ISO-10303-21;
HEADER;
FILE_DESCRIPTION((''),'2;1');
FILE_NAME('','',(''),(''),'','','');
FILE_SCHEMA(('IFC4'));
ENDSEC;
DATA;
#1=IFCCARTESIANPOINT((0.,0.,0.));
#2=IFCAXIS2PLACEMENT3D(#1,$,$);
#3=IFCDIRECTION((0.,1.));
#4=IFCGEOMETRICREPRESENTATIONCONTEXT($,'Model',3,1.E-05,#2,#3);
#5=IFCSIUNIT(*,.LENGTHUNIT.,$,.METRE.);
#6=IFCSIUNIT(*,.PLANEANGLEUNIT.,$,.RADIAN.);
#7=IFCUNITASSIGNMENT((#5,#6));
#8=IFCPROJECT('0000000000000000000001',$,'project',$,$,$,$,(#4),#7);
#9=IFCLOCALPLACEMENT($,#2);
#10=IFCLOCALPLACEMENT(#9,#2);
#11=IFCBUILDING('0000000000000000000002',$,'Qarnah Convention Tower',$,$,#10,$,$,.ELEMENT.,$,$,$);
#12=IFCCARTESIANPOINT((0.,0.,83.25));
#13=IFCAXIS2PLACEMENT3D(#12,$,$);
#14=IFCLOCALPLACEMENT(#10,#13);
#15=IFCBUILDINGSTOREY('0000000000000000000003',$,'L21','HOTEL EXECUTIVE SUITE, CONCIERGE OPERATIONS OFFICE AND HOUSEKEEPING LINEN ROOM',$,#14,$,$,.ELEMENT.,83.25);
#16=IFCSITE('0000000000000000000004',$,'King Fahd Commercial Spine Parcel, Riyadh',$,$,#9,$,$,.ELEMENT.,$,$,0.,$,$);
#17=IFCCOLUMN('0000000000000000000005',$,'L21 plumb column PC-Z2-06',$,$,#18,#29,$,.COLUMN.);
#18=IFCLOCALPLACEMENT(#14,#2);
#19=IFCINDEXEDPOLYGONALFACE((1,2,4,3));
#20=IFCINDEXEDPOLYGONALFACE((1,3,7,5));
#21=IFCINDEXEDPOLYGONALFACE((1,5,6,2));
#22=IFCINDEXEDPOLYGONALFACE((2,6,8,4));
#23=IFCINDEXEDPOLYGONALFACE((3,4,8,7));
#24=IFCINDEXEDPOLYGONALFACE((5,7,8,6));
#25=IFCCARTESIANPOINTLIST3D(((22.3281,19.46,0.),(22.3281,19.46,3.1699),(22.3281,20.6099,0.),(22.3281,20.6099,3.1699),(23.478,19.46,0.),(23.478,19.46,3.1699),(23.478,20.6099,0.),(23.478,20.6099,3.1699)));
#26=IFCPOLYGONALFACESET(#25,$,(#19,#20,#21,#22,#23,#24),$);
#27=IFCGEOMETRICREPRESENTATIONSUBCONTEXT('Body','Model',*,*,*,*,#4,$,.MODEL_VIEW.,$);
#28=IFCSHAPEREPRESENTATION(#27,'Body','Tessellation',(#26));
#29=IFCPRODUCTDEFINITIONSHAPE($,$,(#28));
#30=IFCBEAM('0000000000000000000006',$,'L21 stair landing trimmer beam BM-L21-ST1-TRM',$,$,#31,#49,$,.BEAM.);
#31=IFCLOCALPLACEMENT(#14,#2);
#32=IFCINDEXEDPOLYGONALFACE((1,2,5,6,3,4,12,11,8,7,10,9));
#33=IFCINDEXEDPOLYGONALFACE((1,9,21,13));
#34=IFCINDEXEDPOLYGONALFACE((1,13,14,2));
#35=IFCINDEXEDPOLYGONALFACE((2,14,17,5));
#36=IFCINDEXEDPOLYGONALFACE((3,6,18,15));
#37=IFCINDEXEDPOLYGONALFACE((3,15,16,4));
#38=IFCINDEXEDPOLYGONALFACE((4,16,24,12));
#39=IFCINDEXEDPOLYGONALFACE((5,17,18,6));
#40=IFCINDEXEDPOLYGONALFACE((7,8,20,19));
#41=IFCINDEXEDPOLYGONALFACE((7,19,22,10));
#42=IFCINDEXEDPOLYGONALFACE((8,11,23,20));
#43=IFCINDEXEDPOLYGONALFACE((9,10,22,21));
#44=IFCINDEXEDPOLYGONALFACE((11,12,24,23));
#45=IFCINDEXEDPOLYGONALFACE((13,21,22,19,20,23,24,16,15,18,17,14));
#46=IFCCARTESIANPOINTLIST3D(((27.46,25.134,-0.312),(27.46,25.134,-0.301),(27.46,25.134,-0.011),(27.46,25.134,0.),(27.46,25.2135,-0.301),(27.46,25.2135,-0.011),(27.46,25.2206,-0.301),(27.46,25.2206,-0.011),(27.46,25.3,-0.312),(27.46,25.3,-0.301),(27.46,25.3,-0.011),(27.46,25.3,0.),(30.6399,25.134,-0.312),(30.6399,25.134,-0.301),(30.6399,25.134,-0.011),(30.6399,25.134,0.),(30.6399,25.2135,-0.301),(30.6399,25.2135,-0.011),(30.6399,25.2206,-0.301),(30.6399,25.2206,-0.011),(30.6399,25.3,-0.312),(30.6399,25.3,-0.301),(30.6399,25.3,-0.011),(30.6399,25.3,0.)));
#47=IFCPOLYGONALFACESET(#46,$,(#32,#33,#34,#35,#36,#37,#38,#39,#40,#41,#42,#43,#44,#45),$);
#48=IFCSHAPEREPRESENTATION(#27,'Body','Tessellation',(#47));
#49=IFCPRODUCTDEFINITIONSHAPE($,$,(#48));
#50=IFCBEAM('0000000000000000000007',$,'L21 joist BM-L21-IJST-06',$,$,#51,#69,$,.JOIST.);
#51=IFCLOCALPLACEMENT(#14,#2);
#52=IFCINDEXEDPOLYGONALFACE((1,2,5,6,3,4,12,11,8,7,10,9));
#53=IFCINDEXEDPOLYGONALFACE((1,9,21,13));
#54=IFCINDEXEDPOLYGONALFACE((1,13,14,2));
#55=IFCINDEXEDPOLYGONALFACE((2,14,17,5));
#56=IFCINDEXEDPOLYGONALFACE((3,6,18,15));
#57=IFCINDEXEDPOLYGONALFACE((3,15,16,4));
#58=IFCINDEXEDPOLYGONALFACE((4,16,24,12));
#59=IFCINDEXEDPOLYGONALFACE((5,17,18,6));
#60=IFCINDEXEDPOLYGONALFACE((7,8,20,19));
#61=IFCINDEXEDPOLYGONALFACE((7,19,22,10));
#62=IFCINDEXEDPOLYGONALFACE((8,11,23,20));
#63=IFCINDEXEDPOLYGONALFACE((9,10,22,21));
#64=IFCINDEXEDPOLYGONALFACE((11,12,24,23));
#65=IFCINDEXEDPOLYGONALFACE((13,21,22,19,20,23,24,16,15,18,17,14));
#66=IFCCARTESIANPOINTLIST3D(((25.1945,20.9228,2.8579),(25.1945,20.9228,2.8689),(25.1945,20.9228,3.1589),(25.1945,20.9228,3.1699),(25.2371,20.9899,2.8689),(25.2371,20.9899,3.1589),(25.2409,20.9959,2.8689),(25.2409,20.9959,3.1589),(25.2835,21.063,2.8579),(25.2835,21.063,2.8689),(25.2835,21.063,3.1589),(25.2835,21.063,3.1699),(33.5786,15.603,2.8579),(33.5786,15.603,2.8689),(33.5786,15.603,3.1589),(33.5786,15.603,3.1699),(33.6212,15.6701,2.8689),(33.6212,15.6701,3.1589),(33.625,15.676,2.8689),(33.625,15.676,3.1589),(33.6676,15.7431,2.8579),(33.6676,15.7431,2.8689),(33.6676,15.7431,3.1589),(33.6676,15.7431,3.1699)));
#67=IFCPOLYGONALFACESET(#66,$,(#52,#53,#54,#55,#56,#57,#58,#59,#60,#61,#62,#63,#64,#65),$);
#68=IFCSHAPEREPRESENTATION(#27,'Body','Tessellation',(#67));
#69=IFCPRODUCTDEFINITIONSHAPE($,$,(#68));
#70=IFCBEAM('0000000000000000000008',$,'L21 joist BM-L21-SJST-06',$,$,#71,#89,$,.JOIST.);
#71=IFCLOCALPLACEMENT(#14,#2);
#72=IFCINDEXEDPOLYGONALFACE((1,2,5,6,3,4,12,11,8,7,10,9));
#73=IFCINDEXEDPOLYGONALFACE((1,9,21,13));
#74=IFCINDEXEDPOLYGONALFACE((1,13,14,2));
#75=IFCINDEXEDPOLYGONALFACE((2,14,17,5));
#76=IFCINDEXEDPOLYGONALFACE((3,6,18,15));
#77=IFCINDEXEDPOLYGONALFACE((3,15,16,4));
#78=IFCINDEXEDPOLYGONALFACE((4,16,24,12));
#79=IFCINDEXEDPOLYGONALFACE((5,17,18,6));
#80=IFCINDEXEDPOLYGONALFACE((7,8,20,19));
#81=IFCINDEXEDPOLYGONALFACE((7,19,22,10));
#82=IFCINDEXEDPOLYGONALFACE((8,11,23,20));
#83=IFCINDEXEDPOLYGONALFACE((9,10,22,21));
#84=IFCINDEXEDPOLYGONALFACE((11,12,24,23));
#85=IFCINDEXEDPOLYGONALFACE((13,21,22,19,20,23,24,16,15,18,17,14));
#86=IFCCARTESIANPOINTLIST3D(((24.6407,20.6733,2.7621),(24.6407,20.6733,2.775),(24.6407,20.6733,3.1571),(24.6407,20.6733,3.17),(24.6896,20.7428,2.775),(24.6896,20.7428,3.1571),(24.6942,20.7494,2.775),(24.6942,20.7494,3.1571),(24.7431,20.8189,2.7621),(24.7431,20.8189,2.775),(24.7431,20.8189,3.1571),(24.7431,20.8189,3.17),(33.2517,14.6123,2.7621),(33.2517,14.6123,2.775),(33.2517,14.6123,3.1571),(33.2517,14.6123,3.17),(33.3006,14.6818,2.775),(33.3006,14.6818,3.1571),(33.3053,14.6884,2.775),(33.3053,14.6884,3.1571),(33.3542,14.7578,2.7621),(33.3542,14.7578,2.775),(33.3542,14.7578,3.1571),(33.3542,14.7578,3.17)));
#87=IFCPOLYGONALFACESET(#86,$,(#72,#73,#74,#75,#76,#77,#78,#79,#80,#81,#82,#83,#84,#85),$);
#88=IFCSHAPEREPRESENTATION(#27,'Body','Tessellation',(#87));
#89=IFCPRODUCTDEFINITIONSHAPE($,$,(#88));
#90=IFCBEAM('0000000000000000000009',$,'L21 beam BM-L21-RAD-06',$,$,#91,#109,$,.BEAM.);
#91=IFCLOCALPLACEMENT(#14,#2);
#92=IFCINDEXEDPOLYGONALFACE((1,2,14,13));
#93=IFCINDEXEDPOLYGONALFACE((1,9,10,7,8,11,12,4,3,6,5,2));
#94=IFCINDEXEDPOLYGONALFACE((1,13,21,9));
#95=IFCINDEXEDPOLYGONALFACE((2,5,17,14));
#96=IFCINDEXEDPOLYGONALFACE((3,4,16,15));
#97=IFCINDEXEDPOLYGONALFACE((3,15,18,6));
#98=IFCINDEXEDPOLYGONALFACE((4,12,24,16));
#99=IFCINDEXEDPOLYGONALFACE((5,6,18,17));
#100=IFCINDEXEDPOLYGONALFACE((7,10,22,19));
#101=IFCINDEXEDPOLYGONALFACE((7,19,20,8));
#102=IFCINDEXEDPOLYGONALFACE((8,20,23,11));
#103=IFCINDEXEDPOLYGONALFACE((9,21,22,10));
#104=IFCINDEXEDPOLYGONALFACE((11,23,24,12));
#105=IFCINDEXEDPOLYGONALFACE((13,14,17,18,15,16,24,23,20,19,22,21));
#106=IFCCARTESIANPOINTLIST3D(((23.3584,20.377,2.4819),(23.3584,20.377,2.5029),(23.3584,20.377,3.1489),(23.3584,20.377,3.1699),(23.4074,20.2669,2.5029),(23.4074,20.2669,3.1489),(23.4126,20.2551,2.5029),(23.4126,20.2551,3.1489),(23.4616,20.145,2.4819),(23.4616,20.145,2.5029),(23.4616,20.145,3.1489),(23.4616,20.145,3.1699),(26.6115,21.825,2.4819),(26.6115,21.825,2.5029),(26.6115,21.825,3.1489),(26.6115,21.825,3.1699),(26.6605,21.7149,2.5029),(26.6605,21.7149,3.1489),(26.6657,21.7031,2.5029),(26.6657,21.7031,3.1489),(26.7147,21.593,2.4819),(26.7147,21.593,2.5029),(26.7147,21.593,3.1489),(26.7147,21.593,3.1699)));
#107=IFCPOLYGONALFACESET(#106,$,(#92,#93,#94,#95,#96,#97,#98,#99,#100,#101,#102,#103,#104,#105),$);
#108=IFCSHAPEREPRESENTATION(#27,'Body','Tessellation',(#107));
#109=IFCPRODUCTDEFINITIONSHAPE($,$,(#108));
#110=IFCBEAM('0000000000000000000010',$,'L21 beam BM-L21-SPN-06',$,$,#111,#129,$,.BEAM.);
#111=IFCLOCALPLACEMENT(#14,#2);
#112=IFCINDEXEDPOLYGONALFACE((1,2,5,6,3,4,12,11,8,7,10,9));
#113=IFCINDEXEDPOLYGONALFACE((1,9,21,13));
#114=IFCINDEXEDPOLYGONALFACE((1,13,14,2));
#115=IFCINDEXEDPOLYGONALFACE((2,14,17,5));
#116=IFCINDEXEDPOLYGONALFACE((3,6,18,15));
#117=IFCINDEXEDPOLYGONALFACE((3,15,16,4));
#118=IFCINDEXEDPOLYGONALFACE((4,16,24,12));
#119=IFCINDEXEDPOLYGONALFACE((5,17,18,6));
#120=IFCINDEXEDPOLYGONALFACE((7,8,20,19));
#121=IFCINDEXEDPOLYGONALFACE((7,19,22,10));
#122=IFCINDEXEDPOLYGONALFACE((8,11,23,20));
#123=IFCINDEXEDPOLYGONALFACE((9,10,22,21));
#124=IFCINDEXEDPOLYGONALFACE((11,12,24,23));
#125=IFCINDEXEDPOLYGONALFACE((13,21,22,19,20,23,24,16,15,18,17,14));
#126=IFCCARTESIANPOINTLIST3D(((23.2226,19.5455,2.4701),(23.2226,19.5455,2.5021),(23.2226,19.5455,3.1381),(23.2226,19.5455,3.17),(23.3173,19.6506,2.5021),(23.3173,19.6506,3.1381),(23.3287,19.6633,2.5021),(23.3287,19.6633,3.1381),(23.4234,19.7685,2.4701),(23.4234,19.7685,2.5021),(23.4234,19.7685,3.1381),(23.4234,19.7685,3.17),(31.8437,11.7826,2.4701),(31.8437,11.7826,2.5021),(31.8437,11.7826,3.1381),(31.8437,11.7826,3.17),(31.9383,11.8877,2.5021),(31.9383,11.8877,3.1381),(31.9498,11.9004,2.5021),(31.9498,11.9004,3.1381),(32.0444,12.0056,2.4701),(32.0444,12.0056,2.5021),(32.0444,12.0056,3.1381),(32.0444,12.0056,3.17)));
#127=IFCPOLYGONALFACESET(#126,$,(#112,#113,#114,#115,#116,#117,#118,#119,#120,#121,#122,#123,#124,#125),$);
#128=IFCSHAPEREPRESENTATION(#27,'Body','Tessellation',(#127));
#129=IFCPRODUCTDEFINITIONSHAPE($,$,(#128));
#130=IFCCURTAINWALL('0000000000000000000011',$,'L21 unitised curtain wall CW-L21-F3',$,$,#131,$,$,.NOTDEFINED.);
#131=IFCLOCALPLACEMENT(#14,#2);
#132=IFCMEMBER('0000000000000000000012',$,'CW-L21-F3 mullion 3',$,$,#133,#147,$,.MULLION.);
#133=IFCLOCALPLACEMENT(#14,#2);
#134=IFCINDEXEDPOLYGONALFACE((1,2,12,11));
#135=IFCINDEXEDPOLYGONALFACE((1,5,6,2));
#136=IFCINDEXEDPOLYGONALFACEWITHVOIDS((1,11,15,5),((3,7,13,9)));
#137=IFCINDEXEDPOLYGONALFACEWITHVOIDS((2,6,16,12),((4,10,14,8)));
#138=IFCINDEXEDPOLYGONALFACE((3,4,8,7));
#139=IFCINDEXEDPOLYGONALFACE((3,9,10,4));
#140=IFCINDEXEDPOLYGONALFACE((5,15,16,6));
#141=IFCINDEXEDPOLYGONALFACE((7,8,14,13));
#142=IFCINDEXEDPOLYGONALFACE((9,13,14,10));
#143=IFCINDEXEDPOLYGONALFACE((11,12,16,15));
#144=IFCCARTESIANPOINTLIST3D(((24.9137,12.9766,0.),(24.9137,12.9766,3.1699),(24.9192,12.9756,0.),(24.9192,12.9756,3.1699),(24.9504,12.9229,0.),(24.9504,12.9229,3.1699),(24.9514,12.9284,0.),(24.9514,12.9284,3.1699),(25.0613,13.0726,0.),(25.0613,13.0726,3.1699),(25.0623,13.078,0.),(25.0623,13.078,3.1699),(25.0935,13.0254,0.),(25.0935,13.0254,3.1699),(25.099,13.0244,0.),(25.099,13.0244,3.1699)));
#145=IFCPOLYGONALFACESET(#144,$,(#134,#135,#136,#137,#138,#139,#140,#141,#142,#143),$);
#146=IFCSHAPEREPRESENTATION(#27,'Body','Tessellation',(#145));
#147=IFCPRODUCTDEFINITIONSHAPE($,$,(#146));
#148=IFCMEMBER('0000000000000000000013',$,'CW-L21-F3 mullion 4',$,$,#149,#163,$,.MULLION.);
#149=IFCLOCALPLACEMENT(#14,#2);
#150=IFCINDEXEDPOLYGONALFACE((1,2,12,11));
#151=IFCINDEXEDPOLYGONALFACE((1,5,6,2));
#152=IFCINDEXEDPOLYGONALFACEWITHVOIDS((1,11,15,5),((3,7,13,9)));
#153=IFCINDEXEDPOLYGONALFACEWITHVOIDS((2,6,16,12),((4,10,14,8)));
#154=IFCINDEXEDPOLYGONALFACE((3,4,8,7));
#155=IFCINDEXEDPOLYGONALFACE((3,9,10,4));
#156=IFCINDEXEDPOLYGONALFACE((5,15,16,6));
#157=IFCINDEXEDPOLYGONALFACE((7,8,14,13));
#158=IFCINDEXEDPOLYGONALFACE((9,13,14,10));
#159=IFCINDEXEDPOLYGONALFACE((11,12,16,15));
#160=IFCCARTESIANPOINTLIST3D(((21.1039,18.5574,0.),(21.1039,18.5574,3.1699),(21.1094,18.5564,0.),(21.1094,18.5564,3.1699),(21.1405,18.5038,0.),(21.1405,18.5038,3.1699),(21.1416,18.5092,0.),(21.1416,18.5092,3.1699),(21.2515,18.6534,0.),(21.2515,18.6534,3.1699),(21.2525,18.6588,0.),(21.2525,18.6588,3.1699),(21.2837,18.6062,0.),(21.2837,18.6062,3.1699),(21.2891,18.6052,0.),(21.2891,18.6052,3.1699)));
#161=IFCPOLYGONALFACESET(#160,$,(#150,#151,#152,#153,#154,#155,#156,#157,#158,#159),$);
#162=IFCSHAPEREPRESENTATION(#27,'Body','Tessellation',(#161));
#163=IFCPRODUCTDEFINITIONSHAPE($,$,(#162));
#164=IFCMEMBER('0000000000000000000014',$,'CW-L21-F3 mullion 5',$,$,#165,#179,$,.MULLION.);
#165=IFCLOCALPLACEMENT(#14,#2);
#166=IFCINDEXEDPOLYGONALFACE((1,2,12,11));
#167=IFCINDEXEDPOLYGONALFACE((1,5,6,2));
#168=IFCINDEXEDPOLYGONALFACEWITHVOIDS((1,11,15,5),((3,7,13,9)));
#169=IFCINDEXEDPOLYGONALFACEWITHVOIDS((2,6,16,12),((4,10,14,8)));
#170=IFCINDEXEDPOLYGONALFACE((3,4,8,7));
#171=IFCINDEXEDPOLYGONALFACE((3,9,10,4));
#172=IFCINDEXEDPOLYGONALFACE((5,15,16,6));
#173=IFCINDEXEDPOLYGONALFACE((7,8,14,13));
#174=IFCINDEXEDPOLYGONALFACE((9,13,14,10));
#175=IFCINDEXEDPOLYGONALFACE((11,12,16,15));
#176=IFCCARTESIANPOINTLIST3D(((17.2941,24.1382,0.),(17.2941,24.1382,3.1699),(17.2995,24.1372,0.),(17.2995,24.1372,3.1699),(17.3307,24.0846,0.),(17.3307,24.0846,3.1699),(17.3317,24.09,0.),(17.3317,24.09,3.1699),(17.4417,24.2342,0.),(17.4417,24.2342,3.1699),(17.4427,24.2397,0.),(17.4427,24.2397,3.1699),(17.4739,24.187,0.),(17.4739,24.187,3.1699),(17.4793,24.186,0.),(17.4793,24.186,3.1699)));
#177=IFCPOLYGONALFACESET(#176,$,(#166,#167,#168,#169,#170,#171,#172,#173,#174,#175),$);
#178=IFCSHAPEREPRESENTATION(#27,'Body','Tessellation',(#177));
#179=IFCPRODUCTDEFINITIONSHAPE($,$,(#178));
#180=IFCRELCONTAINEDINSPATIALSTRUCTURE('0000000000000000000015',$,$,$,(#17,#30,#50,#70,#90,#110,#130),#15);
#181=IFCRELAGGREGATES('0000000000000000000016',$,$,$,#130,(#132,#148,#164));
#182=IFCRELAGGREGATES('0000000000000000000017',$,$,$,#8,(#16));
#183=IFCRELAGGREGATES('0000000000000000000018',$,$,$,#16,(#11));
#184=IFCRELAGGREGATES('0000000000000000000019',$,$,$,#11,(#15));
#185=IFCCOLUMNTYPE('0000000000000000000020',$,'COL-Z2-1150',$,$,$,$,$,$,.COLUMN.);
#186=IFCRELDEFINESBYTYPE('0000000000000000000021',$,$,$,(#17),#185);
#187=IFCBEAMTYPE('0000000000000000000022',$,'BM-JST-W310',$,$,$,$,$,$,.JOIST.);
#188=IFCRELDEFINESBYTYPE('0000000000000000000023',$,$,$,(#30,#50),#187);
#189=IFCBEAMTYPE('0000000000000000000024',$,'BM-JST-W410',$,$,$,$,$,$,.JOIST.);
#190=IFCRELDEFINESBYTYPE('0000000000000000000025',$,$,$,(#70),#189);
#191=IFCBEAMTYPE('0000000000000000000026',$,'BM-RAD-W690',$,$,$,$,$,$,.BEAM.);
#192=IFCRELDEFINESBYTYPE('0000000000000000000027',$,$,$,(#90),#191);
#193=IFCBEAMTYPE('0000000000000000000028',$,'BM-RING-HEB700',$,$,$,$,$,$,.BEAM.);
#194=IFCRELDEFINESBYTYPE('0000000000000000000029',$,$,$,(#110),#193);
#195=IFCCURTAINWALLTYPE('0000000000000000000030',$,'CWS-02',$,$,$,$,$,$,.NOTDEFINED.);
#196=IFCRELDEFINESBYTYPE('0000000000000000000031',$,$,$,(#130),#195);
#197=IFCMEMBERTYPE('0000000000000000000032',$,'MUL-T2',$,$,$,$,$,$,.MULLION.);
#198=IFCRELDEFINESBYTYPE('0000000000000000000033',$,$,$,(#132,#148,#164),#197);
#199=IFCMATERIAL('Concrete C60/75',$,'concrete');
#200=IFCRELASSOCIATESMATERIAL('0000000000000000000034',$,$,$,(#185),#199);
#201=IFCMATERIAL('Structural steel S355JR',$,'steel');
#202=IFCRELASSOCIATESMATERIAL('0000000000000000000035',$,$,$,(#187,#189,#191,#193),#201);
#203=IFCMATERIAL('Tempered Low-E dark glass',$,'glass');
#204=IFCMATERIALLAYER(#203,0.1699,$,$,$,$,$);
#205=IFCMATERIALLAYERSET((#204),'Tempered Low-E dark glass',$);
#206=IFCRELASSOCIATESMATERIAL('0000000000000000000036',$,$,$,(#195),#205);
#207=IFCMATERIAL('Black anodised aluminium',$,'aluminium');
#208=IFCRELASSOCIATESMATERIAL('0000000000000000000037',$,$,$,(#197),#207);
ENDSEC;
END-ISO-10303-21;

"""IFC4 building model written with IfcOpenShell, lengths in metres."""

from ifc_helpers import new_model, si_unit, direction, frame, origin, origin_2d, place, context, subcontext, project, spatial, rectangle, hollow_rectangle, i_section, extrude, material, layer, layer_set, material_profile, profile_set, type_object, element, aggregate, save


model = new_model("IFC4")

# Units and contexts
model_context = context("Model", 3, precision=1e-05, world=origin(), true_north=direction((0.0, 1.0)))
body_context = subcontext(model_context, "Body", "Model", "MODEL_VIEW")
ifc_project = project(units=[si_unit("LENGTHUNIT", "METRE"), si_unit("PLANEANGLEUNIT", "RADIAN")], contexts=[model_context])

# Site, building, storey
site_placement = place(None, origin())
site = spatial("IfcSite", under=ifc_project, at=site_placement, Name="King Fahd Commercial Spine Parcel, Riyadh", CompositionType="ELEMENT", RefElevation=0.0)
building_placement = place(site_placement, origin())
building = spatial("IfcBuilding", under=site, at=building_placement, Name="Qarnah Convention Tower", CompositionType="ELEMENT")
storey_placement = place(building_placement, frame((0.0, 0.0, 83.25)))
storey = spatial("IfcBuildingStorey", under=building, at=storey_placement, Name="L21", Description="HOTEL EXECUTIVE SUITE, CONCIERGE OPERATIONS OFFICE AND HOUSEKEEPING LINEN ROOM", CompositionType="ELEMENT", Elevation=83.25)

# Column
ifc_material_1 = material(Name="Concrete C60/75", Category="concrete")
ifc_material_profile_1 = material_profile(ifc_material_1, rectangle(XDim=1.1499, YDim=1.1499, at=origin_2d()), Name="RC-COL-1150X1150")
ifc_profile_set_1 = profile_set([ifc_material_profile_1], Name="Concrete C60/75")
column_type = type_object("IfcColumnType", Name="COL-Z2-1150", PredefinedType="COLUMN", material=ifc_profile_set_1)
column_placement = place(storey_placement, frame((22.9031, 20.0349, 0.0), z_axis=(0.0, 0.0, 1.0), x_axis=(1.0, 0.0, 0.0)))
element("IfcColumn", 1, at=column_placement, inside=storey, type_object=column_type, Name="L21 plumb column PC-Z2-06", PredefinedType="COLUMN", context=body_context, shape_type="SweptSolid", body=[
    extrude(rectangle(XDim=1.1499, YDim=1.1499, at=origin_2d()), origin(), (0.0, 0.0, 1.0), 3.1699),
])

# Beams
ifc_material_2 = material(Name="Structural steel S355JR", Category="steel")
ifc_material_profile_2 = material_profile(ifc_material_2, i_section(OverallWidth=0.166, OverallDepth=0.312, WebThickness=0.0071, FlangeThickness=0.011, at=origin_2d()), Name="W310X45")
ifc_profile_set_2 = profile_set([ifc_material_profile_2], Name="Structural steel S355JR")
beam_type_1 = type_object("IfcBeamType", Name="BM-JST-W310", PredefinedType="JOIST", material=ifc_profile_set_2)
beam_1_placement = place(storey_placement, frame((27.46, 25.217, -0.156), z_axis=(1.0, 0.0, 0.0), x_axis=(0.0, 1.0, 0.0)))
element("IfcBeam", 2, at=beam_1_placement, inside=storey, type_object=beam_type_1, Name="L21 stair landing trimmer beam BM-L21-ST1-TRM", PredefinedType="BEAM", context=body_context, shape_type="SweptSolid", body=[
    extrude(i_section(OverallWidth=0.166, OverallDepth=0.312, WebThickness=0.0071, FlangeThickness=0.011, at=origin_2d()), origin(), (0.0, 0.0, 1.0), 3.1799),
])
beam_2_placement = place(storey_placement, frame((25.239, 20.9929, 3.0139), z_axis=(0.844366, -0.535766, 0.0), x_axis=(0.535766, 0.844366, 0.0)))
element("IfcBeam", 3, at=beam_2_placement, inside=storey, type_object=beam_type_1, Name="L21 joist BM-L21-IJST-06", PredefinedType="JOIST", context=body_context, shape_type="SweptSolid", body=[
    extrude(i_section(OverallWidth=0.166, OverallDepth=0.312, WebThickness=0.0071, FlangeThickness=0.011, at=origin_2d()), origin(), (0.0, 0.0, 1.0), 9.9294),
])
ifc_material_profile_3 = material_profile(ifc_material_2, i_section(OverallWidth=0.178, OverallDepth=0.408, WebThickness=0.0081, FlangeThickness=0.0129, at=origin_2d()), Name="W410X60")
ifc_profile_set_3 = profile_set([ifc_material_profile_3], Name="Structural steel S355JR")
beam_type_2 = type_object("IfcBeamType", Name="BM-JST-W410", PredefinedType="JOIST", material=ifc_profile_set_3)
beam_3_placement = place(storey_placement, frame((24.6919, 20.7461, 2.9661), z_axis=(0.817745, -0.575581, 0.0), x_axis=(0.575581, 0.817745, 0.0)))
element("IfcBeam", 4, at=beam_3_placement, inside=storey, type_object=beam_type_2, Name="L21 joist BM-L21-SJST-06", PredefinedType="JOIST", context=body_context, shape_type="SweptSolid", body=[
    extrude(i_section(OverallWidth=0.178, OverallDepth=0.408, WebThickness=0.0081, FlangeThickness=0.0129, at=origin_2d()), origin(), (0.0, 0.0, 1.0), 10.5303),
])
ifc_material_profile_4 = material_profile(ifc_material_2, i_section(OverallWidth=0.2539, OverallDepth=0.688, WebThickness=0.0129, FlangeThickness=0.021, at=origin_2d()), Name="W690X152")
ifc_profile_set_4 = profile_set([ifc_material_profile_4], Name="Structural steel S355JR")
beam_type_3 = type_object("IfcBeamType", Name="BM-RAD-W690", PredefinedType="BEAM", material=ifc_profile_set_4)
beam_4_placement = place(storey_placement, frame((26.6631, 21.709, 2.8259), z_axis=(-0.913588, -0.406641, 0.0), x_axis=(0.406641, -0.913588, 0.0)))
element("IfcBeam", 5, at=beam_4_placement, inside=storey, type_object=beam_type_3, Name="L21 beam BM-L21-RAD-06", PredefinedType="BEAM", context=body_context, shape_type="SweptSolid", body=[
    extrude(i_section(OverallWidth=0.2539, OverallDepth=0.688, WebThickness=0.0129, FlangeThickness=0.021, at=origin_2d()), origin(), (0.0, 0.0, 1.0), 3.5608),
])
ifc_material_profile_5 = material_profile(ifc_material_2, i_section(OverallWidth=0.3, OverallDepth=0.7, WebThickness=0.0171, FlangeThickness=0.032, at=origin_2d()), Name="HEB700")
ifc_profile_set_5 = profile_set([ifc_material_profile_5], Name="Structural steel S355JR")
beam_type_4 = type_object("IfcBeamType", Name="BM-RING-HEB700", PredefinedType="BEAM", material=ifc_profile_set_5)
beam_5_placement = place(storey_placement, frame((23.323, 19.657, 2.8201), z_axis=(0.743125, -0.669153, 0.0), x_axis=(0.669153, 0.743125, 0.0)))
element("IfcBeam", 6, at=beam_5_placement, inside=storey, type_object=beam_type_4, Name="L21 beam BM-L21-SPN-06", PredefinedType="BEAM", context=body_context, shape_type="SweptSolid", body=[
    extrude(i_section(OverallWidth=0.3, OverallDepth=0.7, WebThickness=0.0171, FlangeThickness=0.032, at=origin_2d()), origin(), (0.0, 0.0, 1.0), 11.6011),
])

# Curtain wall, members
ifc_material_3 = material(Name="Tempered Low-E dark glass", Category="glass")
ifc_layer_1 = layer(ifc_material_3, 0.1699)
ifc_layer_set_1 = layer_set([ifc_layer_1], Name="Tempered Low-E dark glass")
curtain_wall_type = type_object("IfcCurtainWallType", Name="CWS-02", PredefinedType="NOTDEFINED", material=ifc_layer_set_1)
curtain_wall_placement = place(storey_placement, origin())
curtain_wall = element("IfcCurtainWall", 7, at=curtain_wall_placement, inside=storey, type_object=curtain_wall_type, Name="L21 unitised curtain wall CW-L21-F3", PredefinedType="NOTDEFINED")
ifc_material_4 = material(Name="Black anodised aluminium", Category="aluminium")
ifc_material_profile_6 = material_profile(ifc_material_4, hollow_rectangle(XDim=0.0649, YDim=0.1799, WallThickness=0.0039, at=origin_2d()), Name="MUL-65X180")
ifc_profile_set_6 = profile_set([ifc_material_profile_6], Name="Black anodised aluminium")
member_type = type_object("IfcMemberType", Name="MUL-T2", PredefinedType="MULLION", material=ifc_profile_set_6)
member_1_placement = place(storey_placement, frame((25.0063, 13.0005, 0.0), z_axis=(0.0, 0.0, 1.0), x_axis=(-0.563812, 0.825903, 0.0)))
member_1 = element("IfcMember", 8, at=member_1_placement, type_object=member_type, Name="CW-L21-F3 mullion 3", PredefinedType="MULLION", context=body_context, shape_type="SweptSolid", body=[
    extrude(hollow_rectangle(XDim=0.0649, YDim=0.1799, WallThickness=0.0039, at=origin_2d()), origin(), (0.0, 0.0, 1.0), 3.1699),
])
member_2_placement = place(storey_placement, frame((21.1965, 18.5813, 0.0), z_axis=(0.0, 0.0, 1.0), x_axis=(-0.563812, 0.825903, 0.0)))
member_2 = element("IfcMember", 9, at=member_2_placement, type_object=member_type, Name="CW-L21-F3 mullion 4", PredefinedType="MULLION", context=body_context, shape_type="SweptSolid", body=[
    extrude(hollow_rectangle(XDim=0.0649, YDim=0.1799, WallThickness=0.0039, at=origin_2d()), origin(), (0.0, 0.0, 1.0), 3.1699),
])
member_3_placement = place(storey_placement, frame((17.3867, 24.1621, 0.0), z_axis=(0.0, 0.0, 1.0), x_axis=(-0.563812, 0.825903, 0.0)))
member_3 = element("IfcMember", 10, at=member_3_placement, type_object=member_type, Name="CW-L21-F3 mullion 5", PredefinedType="MULLION", context=body_context, shape_type="SweptSolid", body=[
    extrude(hollow_rectangle(XDim=0.0649, YDim=0.1799, WallThickness=0.0039, at=origin_2d()), origin(), (0.0, 0.0, 1.0), 3.1699),
])
aggregate(curtain_wall, [member_1, member_2, member_3])

save(model, "model.ifc")
